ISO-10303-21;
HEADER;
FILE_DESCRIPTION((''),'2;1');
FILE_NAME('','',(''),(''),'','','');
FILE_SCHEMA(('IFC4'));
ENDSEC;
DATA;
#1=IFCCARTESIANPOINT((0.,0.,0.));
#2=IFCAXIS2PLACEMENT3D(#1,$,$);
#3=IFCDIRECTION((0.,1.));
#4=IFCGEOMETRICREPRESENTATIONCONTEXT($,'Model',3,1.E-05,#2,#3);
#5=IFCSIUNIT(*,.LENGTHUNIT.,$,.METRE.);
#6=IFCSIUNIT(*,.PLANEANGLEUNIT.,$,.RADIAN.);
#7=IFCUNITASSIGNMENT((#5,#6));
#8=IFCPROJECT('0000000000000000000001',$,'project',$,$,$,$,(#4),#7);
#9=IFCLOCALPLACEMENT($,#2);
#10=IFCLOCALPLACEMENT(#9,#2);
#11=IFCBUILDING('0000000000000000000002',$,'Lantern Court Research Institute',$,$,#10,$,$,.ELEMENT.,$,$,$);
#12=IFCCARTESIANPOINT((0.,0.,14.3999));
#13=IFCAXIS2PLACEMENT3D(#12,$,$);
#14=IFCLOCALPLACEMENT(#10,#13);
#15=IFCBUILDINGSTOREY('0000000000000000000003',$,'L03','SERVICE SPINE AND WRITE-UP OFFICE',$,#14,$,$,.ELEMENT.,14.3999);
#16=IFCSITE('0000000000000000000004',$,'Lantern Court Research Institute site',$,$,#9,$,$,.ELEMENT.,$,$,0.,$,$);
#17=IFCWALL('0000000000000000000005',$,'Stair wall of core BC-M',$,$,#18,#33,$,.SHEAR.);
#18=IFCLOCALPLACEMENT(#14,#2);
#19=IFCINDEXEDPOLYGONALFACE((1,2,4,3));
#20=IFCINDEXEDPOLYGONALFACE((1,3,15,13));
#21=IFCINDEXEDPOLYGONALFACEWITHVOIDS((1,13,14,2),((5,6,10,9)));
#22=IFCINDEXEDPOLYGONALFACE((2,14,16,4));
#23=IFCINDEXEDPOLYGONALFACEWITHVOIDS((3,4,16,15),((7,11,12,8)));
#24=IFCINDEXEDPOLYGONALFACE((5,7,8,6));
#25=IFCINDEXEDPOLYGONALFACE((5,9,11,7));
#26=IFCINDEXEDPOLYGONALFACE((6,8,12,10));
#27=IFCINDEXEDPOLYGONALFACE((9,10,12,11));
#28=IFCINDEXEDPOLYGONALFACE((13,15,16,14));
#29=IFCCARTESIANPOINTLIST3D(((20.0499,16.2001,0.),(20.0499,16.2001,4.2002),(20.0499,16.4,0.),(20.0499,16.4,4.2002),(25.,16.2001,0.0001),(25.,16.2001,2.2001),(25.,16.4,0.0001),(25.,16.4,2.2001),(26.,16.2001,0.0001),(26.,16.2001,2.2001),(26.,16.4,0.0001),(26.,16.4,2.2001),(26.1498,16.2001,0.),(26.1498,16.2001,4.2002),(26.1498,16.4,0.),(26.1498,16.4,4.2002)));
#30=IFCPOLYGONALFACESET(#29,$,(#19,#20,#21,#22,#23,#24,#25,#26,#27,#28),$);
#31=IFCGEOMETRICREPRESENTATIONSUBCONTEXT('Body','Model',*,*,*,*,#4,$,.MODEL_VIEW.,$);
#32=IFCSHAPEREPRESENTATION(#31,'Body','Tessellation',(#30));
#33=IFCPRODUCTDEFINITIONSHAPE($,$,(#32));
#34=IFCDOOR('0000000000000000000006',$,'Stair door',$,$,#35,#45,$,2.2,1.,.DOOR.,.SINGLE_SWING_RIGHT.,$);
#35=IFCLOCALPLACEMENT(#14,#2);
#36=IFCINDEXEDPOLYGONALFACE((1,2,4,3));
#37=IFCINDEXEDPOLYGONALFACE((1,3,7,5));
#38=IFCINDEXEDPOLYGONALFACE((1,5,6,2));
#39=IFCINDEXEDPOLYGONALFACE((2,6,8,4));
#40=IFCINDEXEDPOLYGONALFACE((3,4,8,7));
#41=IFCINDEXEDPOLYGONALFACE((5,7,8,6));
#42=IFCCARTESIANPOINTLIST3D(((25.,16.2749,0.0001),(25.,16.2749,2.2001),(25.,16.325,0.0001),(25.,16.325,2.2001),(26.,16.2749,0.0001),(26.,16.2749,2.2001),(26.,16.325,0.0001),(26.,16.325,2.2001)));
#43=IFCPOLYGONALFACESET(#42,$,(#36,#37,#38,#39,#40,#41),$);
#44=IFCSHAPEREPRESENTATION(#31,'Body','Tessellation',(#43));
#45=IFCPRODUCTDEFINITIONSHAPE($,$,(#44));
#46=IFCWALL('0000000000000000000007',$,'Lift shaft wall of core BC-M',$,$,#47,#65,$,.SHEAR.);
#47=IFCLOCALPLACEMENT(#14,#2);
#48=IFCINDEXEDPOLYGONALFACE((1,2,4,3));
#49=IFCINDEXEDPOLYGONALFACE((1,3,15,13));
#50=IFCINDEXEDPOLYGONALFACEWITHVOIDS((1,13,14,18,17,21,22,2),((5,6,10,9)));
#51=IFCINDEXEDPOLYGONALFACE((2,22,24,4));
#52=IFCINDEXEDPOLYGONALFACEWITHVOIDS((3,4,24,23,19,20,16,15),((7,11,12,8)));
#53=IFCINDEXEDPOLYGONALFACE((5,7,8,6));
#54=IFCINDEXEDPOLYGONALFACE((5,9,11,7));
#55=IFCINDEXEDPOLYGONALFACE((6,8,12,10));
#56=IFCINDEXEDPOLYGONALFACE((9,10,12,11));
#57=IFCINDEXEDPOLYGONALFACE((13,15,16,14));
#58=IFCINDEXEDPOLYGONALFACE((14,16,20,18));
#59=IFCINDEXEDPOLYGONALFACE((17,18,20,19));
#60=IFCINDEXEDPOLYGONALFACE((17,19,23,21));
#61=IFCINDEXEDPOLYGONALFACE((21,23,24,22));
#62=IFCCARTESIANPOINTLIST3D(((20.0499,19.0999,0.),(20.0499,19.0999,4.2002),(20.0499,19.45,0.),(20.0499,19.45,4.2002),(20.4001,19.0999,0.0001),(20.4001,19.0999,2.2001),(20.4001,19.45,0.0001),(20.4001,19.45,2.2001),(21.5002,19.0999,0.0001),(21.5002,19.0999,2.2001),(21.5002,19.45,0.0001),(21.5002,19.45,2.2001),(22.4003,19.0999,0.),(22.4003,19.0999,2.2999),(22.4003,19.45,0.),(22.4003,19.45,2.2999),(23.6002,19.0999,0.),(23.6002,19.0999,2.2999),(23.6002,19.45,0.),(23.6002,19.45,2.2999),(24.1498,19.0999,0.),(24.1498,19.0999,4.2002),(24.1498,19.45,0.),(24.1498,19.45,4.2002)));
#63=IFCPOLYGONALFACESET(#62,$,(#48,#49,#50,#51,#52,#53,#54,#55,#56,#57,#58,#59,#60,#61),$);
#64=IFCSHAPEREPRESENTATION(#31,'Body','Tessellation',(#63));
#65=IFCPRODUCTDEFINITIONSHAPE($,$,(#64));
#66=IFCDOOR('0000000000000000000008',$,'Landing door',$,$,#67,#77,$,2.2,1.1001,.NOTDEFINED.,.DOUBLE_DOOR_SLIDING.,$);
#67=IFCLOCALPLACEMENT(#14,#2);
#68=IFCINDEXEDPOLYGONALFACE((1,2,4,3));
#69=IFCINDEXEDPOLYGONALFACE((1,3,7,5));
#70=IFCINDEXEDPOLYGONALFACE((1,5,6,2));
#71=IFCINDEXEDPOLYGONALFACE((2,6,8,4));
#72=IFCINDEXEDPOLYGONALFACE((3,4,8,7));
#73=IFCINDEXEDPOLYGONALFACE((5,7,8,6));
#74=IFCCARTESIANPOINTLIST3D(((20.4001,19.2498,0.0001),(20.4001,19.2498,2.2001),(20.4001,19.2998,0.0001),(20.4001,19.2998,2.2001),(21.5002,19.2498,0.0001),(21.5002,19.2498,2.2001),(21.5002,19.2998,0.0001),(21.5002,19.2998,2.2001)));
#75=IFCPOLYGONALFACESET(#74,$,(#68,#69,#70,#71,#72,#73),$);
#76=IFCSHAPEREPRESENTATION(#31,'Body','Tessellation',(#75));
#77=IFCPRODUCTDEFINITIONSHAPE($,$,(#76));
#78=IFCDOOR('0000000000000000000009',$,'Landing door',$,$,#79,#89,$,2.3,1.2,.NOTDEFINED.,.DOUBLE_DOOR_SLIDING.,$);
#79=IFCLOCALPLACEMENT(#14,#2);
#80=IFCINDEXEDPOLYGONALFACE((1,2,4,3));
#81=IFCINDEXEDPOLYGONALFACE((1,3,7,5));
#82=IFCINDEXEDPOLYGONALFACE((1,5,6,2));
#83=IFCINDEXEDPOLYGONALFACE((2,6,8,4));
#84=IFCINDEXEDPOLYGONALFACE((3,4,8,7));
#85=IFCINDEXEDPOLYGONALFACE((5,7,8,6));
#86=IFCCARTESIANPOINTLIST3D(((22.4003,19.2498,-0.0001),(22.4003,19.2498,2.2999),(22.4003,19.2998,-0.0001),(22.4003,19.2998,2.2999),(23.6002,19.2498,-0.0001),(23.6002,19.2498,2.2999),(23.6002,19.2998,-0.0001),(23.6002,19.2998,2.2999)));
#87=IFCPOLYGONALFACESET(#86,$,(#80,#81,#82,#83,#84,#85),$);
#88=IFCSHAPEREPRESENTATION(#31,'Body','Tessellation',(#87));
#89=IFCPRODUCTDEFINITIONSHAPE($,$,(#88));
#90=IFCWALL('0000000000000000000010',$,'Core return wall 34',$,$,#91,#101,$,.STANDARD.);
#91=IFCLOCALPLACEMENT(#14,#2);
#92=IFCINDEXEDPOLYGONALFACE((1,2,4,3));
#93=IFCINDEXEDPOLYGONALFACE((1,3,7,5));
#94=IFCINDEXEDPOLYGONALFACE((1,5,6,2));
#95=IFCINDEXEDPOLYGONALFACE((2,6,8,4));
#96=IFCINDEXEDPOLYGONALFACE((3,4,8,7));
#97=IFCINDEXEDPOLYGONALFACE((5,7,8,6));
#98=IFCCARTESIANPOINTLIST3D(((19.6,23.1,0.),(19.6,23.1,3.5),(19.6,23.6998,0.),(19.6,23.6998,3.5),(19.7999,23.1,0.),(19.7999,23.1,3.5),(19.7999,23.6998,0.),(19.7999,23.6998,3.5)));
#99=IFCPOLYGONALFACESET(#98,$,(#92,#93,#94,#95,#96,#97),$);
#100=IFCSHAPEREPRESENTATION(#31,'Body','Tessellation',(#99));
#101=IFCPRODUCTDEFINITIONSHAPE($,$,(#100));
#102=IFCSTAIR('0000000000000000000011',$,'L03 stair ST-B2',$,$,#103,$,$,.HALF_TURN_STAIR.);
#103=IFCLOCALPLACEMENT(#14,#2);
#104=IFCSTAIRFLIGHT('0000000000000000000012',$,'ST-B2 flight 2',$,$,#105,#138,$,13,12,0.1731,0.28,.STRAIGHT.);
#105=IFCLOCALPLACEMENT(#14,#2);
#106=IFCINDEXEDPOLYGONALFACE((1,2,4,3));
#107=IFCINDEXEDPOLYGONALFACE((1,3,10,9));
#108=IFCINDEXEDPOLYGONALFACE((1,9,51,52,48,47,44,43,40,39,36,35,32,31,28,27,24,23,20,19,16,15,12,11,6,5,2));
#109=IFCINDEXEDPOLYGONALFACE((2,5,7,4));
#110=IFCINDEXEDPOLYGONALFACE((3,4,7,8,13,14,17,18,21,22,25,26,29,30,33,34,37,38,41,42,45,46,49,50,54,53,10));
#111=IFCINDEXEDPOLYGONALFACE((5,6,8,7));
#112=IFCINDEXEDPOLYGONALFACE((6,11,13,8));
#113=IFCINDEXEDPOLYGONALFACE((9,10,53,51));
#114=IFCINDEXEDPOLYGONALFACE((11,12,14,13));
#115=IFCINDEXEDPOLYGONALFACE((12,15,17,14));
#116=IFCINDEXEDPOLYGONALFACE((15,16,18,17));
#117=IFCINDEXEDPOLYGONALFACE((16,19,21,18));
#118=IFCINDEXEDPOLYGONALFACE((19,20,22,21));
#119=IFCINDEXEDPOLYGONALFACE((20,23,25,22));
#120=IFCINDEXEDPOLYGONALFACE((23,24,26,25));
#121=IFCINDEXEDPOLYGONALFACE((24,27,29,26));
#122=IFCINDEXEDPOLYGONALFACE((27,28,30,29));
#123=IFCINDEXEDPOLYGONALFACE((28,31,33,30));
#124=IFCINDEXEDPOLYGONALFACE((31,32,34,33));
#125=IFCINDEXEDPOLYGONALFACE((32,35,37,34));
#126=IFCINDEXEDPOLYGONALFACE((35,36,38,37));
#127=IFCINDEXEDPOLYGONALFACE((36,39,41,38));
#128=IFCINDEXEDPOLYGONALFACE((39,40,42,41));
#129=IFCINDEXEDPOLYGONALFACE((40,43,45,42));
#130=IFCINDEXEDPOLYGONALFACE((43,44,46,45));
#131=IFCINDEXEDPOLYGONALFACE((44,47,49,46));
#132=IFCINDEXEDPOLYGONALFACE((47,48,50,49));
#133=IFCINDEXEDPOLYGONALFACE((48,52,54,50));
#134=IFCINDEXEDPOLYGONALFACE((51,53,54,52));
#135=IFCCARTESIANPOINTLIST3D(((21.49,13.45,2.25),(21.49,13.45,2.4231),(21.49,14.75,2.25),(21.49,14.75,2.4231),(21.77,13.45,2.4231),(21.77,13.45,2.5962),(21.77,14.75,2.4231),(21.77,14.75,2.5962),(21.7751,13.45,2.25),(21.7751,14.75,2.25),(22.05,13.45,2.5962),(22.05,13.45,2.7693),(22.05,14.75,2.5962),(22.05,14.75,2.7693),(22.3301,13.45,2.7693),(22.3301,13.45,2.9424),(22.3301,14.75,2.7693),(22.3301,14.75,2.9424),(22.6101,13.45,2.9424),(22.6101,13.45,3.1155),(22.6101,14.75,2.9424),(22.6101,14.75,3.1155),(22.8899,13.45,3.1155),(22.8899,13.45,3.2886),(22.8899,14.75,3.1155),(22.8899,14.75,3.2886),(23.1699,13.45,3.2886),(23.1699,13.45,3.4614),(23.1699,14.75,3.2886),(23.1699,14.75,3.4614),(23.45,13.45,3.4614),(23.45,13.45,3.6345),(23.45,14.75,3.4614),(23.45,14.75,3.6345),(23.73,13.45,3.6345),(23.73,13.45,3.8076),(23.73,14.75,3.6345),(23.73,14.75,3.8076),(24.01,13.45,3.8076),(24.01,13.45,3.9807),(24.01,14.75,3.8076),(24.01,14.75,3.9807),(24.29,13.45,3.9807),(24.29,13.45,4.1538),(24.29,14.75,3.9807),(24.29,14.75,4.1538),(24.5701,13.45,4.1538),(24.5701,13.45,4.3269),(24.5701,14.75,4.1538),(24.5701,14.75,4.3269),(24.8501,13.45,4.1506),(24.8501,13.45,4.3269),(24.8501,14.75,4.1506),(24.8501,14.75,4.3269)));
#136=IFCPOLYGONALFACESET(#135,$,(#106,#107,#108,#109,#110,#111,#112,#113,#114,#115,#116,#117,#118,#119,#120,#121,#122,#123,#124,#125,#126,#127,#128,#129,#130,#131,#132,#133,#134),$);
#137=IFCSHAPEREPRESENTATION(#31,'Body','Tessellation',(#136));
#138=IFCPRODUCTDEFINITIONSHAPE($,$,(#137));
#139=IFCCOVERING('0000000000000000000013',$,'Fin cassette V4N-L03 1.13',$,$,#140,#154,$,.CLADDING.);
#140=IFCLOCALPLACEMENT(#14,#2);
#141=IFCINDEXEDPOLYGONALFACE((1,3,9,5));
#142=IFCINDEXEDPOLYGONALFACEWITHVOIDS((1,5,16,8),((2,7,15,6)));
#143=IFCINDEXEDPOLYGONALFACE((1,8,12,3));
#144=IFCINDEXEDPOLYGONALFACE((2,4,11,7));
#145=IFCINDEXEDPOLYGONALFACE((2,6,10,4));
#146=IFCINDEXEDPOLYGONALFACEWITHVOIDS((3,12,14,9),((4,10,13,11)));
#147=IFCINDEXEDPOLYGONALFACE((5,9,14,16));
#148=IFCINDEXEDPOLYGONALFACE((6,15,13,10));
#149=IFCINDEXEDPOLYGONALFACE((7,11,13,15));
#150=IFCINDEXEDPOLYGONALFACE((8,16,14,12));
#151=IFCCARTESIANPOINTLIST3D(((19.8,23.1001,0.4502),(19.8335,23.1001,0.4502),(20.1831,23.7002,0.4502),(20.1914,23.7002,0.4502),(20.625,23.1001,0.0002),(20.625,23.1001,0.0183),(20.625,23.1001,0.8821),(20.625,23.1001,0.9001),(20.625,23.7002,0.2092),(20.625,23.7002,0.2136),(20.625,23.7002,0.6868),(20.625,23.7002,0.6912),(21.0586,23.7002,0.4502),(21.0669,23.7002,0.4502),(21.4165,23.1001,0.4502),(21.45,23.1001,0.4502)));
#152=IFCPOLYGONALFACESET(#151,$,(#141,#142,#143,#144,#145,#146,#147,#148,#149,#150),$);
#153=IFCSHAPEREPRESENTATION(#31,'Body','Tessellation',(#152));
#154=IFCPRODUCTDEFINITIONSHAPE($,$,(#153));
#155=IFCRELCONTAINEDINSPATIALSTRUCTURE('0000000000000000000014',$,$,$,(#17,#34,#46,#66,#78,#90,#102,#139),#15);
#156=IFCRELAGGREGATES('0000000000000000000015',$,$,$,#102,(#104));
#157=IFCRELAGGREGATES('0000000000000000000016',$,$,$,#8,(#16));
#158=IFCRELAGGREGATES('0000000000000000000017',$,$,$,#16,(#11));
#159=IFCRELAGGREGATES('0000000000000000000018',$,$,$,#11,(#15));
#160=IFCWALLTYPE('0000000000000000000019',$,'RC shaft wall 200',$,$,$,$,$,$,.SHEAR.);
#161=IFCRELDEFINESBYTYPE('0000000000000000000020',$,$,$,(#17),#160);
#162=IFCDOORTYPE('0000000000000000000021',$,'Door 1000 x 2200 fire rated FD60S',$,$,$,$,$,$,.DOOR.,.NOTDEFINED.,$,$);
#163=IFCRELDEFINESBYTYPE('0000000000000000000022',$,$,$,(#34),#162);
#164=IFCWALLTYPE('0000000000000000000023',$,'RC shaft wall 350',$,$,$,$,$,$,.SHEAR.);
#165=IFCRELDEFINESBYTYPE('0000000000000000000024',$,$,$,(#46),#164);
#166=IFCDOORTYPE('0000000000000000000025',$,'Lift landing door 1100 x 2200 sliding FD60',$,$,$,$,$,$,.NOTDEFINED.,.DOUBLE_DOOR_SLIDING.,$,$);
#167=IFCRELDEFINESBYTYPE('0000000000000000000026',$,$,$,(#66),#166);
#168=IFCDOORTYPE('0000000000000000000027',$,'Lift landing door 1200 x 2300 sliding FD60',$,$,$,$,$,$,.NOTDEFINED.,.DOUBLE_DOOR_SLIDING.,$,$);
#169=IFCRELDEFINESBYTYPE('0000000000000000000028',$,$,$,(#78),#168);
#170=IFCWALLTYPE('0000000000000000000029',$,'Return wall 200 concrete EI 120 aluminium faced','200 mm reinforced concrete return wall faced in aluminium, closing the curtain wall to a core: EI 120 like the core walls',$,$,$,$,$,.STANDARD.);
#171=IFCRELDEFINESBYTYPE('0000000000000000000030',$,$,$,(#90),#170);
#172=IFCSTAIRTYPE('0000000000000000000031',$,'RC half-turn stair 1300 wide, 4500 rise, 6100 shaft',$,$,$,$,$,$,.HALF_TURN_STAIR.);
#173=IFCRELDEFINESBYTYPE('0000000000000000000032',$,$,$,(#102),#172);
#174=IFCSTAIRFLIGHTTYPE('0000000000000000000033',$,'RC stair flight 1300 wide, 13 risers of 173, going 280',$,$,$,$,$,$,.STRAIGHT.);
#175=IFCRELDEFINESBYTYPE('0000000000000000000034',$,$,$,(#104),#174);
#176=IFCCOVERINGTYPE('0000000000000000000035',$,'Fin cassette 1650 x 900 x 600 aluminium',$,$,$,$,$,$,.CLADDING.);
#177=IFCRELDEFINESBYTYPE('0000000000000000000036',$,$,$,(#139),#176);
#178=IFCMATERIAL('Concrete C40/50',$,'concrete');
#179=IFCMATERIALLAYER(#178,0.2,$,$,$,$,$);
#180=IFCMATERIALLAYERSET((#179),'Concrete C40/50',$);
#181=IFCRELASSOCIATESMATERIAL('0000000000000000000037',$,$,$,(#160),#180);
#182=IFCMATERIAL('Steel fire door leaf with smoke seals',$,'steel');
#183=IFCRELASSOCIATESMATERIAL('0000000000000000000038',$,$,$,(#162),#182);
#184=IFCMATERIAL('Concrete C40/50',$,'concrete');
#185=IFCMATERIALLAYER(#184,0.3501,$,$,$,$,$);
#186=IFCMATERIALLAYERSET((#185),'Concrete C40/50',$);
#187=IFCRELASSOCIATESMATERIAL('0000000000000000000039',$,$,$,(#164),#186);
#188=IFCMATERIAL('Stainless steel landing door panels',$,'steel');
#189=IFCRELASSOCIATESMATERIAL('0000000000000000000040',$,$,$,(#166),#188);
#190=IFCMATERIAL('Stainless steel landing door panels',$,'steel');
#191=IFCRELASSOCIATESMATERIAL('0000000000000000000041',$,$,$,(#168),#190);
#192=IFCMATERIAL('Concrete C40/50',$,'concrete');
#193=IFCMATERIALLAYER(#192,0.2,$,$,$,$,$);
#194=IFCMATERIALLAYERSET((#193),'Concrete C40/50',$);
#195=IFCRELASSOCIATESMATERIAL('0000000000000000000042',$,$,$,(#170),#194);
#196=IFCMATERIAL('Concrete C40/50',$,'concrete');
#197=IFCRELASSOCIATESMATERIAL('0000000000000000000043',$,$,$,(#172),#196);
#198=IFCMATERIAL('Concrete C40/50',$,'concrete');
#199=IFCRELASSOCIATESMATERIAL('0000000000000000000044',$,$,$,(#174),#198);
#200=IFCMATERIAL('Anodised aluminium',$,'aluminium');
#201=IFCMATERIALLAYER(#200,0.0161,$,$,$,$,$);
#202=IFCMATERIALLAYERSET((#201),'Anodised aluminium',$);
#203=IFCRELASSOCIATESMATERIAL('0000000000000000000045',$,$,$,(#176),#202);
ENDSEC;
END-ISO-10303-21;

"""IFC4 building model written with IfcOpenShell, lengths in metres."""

from ifc_helpers import new_model, entity, si_unit, direction, frame, frame_2d, origin, place, context, subcontext, project, spatial, polyline, rectangle, outline, extrude, material, layer, layer_set, type_object, element, fill, aggregate, save


model = new_model("IFC4")

# Units and contexts
model_context = context("Model", 3, precision=1e-05, world=origin(), true_north=direction((0.0, 1.0)))
body_context = subcontext(model_context, "Body", "Model", "MODEL_VIEW")
ifc_project = project(units=[si_unit("LENGTHUNIT", "METRE"), si_unit("PLANEANGLEUNIT", "RADIAN")], contexts=[model_context])

# Site, building, storey
site_placement = place(None, origin())
site = spatial("IfcSite", under=ifc_project, at=site_placement, Name="Lantern Court Research Institute site", CompositionType="ELEMENT", RefElevation=0.0)
building_placement = place(site_placement, origin())
building = spatial("IfcBuilding", under=site, at=building_placement, Name="Lantern Court Research Institute", CompositionType="ELEMENT")
storey_placement = place(building_placement, frame((0.0, 0.0, 14.3999)))
storey = spatial("IfcBuildingStorey", under=building, at=storey_placement, Name="L03", Description="SERVICE SPINE AND WRITE-UP OFFICE", CompositionType="ELEMENT", Elevation=14.3999)

# Wall, opening, door
ifc_material_1 = material(Name="Concrete C40/50", Category="concrete")
ifc_layer_1 = layer(ifc_material_1, 0.2)
ifc_layer_set_1 = layer_set([ifc_layer_1], Name="Concrete C40/50")
wall_type_1 = type_object("IfcWallType", Name="RC shaft wall 200", PredefinedType="SHEAR", material=ifc_layer_set_1)
wall_1_placement = place(storey_placement, frame((20.05, 16.3, 0.0), z_axis=(0.0, 0.0, 1.0), x_axis=(1.0, 0.0, 0.0)))
wall_1 = element("IfcWall", 1, at=wall_1_placement, inside=storey, type_object=wall_type_1, Name="Stair wall of core BC-M", PredefinedType="SHEAR", context=body_context, shape_type="SweptSolid", body=[
    extrude(rectangle(XDim=6.0999, YDim=0.2, at=frame_2d((3.0498, 0.0))), origin(), (0.0, 0.0, 1.0), 4.2002),
])
opening_1_placement = place(wall_1_placement, frame((4.95, 0.0, 0.0)))
opening_1 = element("IfcOpeningElement", 2, at=opening_1_placement, cuts=wall_1, PredefinedType="OPENING", context=body_context, shape_type="SweptSolid", body=[
    extrude(rectangle(XDim=1.0, YDim=2.2, at=frame_2d((0.5, 1.1001))), frame((0.0, 0.1099, 0.0), z_axis=(0.0, -1.0, 0.0), x_axis=(1.0, 0.0, 0.0)), (0.0, 0.0, 1.0), 0.22),
])
ifc_material_2 = material(Name="Steel fire door leaf with smoke seals", Category="steel")
door_type_1 = type_object("IfcDoorType", Name="Door 1000 x 2200 fire rated FD60S", OperationType="NOTDEFINED", PredefinedType="DOOR", material=ifc_material_2)
door_1_placement = place(opening_1_placement, origin())
door_1 = element("IfcDoor", 3, at=door_1_placement, inside=storey, type_object=door_type_1, Name="Stair door", OperationType="SINGLE_SWING_RIGHT", OverallHeight=2.2, OverallWidth=1.0, PredefinedType="DOOR", context=body_context, shape_type="SweptSolid", body=[
    extrude(rectangle(XDim=1.0, YDim=2.2, at=frame_2d((0.5, 1.1001))), frame((0.0, 0.0249, 0.0), z_axis=(0.0, -1.0, 0.0), x_axis=(1.0, 0.0, 0.0)), (0.0, 0.0, 1.0), 0.05),
])
fill(opening_1, door_1)

# Wall, openings, doors
ifc_material_3 = material(Name="Concrete C40/50", Category="concrete")
ifc_layer_2 = layer(ifc_material_3, 0.3501)
ifc_layer_set_2 = layer_set([ifc_layer_2], Name="Concrete C40/50")
wall_type_2 = type_object("IfcWallType", Name="RC shaft wall 350", PredefinedType="SHEAR", material=ifc_layer_set_2)
wall_2_placement = place(storey_placement, frame((20.05, 19.2749, 0.0), z_axis=(0.0, 0.0, 1.0), x_axis=(1.0, 0.0, 0.0)))
wall_2 = element("IfcWall", 4, at=wall_2_placement, inside=storey, type_object=wall_type_2, Name="Lift shaft wall of core BC-M", PredefinedType="SHEAR", context=body_context, shape_type="SweptSolid", body=[
    extrude(rectangle(XDim=4.0999, YDim=0.3501, at=frame_2d((2.0498, 0.0))), origin(), (0.0, 0.0, 1.0), 4.2002),
])
opening_2_placement = place(wall_2_placement, frame((0.3501, 0.0, 0.0)))
opening_2 = element("IfcOpeningElement", 5, at=opening_2_placement, cuts=wall_2, PredefinedType="OPENING", context=body_context, shape_type="SweptSolid", body=[
    extrude(rectangle(XDim=1.1001, YDim=2.2, at=frame_2d((0.55, 1.1001))), frame((0.0, 0.1851, 0.0), z_axis=(0.0, -1.0, 0.0), x_axis=(1.0, 0.0, 0.0)), (0.0, 0.0, 1.0), 0.3701),
])
opening_3_placement = place(wall_2_placement, frame((2.3501, 0.0, 0.0)))
opening_3 = element("IfcOpeningElement", 6, at=opening_3_placement, cuts=wall_2, PredefinedType="OPENING", context=body_context, shape_type="SweptSolid", body=[
    extrude(rectangle(XDim=1.2, YDim=2.3, at=frame_2d((0.6001, 1.1499))), frame((0.0, 0.1851, 0.0), z_axis=(0.0, -1.0, 0.0), x_axis=(1.0, 0.0, 0.0)), (0.0, 0.0, 1.0), 0.3701),
])
ifc_material_4 = material(Name="Stainless steel landing door panels", Category="steel")
door_type_2 = type_object("IfcDoorType", Name="Lift landing door 1100 x 2200 sliding FD60", OperationType="DOUBLE_DOOR_SLIDING", PredefinedType="NOTDEFINED", material=ifc_material_4)
door_2_placement = place(opening_2_placement, origin())
door_2 = element("IfcDoor", 7, at=door_2_placement, inside=storey, type_object=door_type_2, Name="Landing door", OperationType="DOUBLE_DOOR_SLIDING", OverallHeight=2.2, OverallWidth=1.1001, PredefinedType="NOTDEFINED", context=body_context, shape_type="SweptSolid", body=[
    extrude(rectangle(XDim=1.1001, YDim=2.2, at=frame_2d((0.55, 1.1001))), frame((0.0, 0.0249, 0.0), z_axis=(0.0, -1.0, 0.0), x_axis=(1.0, 0.0, 0.0)), (0.0, 0.0, 1.0), 0.05),
])
fill(opening_2, door_2)
ifc_material_5 = material(Name="Stainless steel landing door panels", Category="steel")
door_type_3 = type_object("IfcDoorType", Name="Lift landing door 1200 x 2300 sliding FD60", OperationType="DOUBLE_DOOR_SLIDING", PredefinedType="NOTDEFINED", material=ifc_material_5)
door_3_placement = place(opening_3_placement, origin())
door_3 = element("IfcDoor", 8, at=door_3_placement, inside=storey, type_object=door_type_3, Name="Landing door", OperationType="DOUBLE_DOOR_SLIDING", OverallHeight=2.3, OverallWidth=1.2, PredefinedType="NOTDEFINED", context=body_context, shape_type="SweptSolid", body=[
    extrude(rectangle(XDim=1.2, YDim=2.3, at=frame_2d((0.6001, 1.1499))), frame((0.0, 0.0249, 0.0), z_axis=(0.0, -1.0, 0.0), x_axis=(1.0, 0.0, 0.0)), (0.0, 0.0, 1.0), 0.05),
])
fill(opening_3, door_3)

# Wall
ifc_material_6 = material(Name="Concrete C40/50", Category="concrete")
ifc_layer_3 = layer(ifc_material_6, 0.2)
ifc_layer_set_3 = layer_set([ifc_layer_3], Name="Concrete C40/50")
wall_type_3 = type_object("IfcWallType", Name="Return wall 200 concrete EI 120 aluminium faced", Description="200 mm reinforced concrete return wall faced in aluminium, closing the curtain wall to a core: EI 120 like the core walls", PredefinedType="STANDARD", material=ifc_layer_set_3)
wall_3_placement = place(storey_placement, frame((19.7, 23.1001, 0.0), z_axis=(0.0, 0.0, 1.0), x_axis=(0.0, 1.0, 0.0)))
element("IfcWall", 9, at=wall_3_placement, inside=storey, type_object=wall_type_3, Name="Core return wall 34", PredefinedType="STANDARD", context=body_context, shape_type="SweptSolid", body=[
    extrude(rectangle(XDim=0.5999, YDim=0.2, at=frame_2d((0.2998, 0.0))), origin(), (0.0, 0.0, 1.0), 3.5),
])

# Stair, stair flight
ifc_material_7 = material(Name="Concrete C40/50", Category="concrete")
stair_type = type_object("IfcStairType", Name="RC half-turn stair 1300 wide, 4500 rise, 6100 shaft", PredefinedType="HALF_TURN_STAIR", material=ifc_material_7)
stair_placement = place(storey_placement, origin())
stair = element("IfcStair", 10, at=stair_placement, inside=storey, type_object=stair_type, Name="L03 stair ST-B2", PredefinedType="HALF_TURN_STAIR")
ifc_material_8 = material(Name="Concrete C40/50", Category="concrete")
stair_flight_type = type_object("IfcStairFlightType", Name="RC stair flight 1300 wide, 13 risers of 173, going 280", PredefinedType="STRAIGHT", material=ifc_material_8)
stair_flight_placement = place(storey_placement, frame((21.49, 14.1001, 2.25), z_axis=(0.0, 0.0, 1.0), x_axis=(1.0, 0.0, 0.0)))
stair_flight = element("IfcStairFlight", 11, at=stair_flight_placement, type_object=stair_flight_type, Name="ST-B2 flight 2", NumberOfRisers=13, NumberOfTreads=12, PredefinedType="STRAIGHT", RiserHeight=0.1731, TreadLength=0.28, context=body_context, shape_type="SweptSolid", body=[
    extrude(outline(polyline([(0.0, 0.0), (0.0, 0.1731), (0.28, 0.1731), (0.28, 0.3462), (0.5601, 0.3462), (0.5601, 0.5193), (0.8401, 0.5193), (0.8401, 0.6924), (1.1201, 0.6924), (1.1201, 0.8655), (1.3999, 0.8655), (1.3999, 1.0386), (1.6799, 1.0386), (1.6799, 1.2114), (1.96, 1.2114), (1.96, 1.3845), (2.24, 1.3845), (2.24, 1.5576), (2.52, 1.5576), (2.52, 1.7307), (2.8, 1.7307), (2.8, 1.9038), (3.0801, 1.9038), (3.0801, 2.0769), (3.3601, 2.0769), (3.3601, 2.25), (3.3601, 1.9006), (0.2852, 0.0), (0.0, 0.0)])), frame((0.0, 0.6499, 0.0), z_axis=(0.0, -1.0, 0.0), x_axis=(1.0, 0.0, 0.0)), (0.0, 0.0, 1.0), 1.3),
])
aggregate(stair, [stair_flight])

# Covering
ifc_material_9 = material(Name="Anodised aluminium", Category="aluminium")
ifc_layer_4 = layer(ifc_material_9, 0.0161)
ifc_layer_set_4 = layer_set([ifc_layer_4], Name="Anodised aluminium")
covering_type = type_object("IfcCoveringType", Name="Fin cassette 1650 x 900 x 600 aluminium", PredefinedType="CLADDING", material=ifc_layer_set_4)
covering_1_placement = place(storey_placement, frame((20.625, 23.1001, 0.4502), z_axis=(0.0, 1.0, 0.0), x_axis=(-1.0, 0.0, 0.0)))
cartesian_point_1 = entity("IfcCartesianPoint", [0.825, 0.0])
cartesian_point_2 = entity("IfcCartesianPoint", [0.7915, 0.0])
cartesian_point_3 = entity("IfcCartesianPoint", [0.4419, 0.0])
cartesian_point_4 = entity("IfcCartesianPoint", [0.4336, 0.0])
element("IfcCovering", 12, at=covering_1_placement, inside=storey, type_object=covering_type, Name="Fin cassette V4N-L03 1.13", PredefinedType="CLADDING", context=body_context, shape_type="SweptSolid", body=[
    entity("IfcExtrudedAreaSolidTapered", entity("IfcArbitraryProfileDefWithVoids", "AREA", None, entity("IfcPolyline", [cartesian_point_1, entity("IfcCartesianPoint", [0.0, 0.45]), entity("IfcCartesianPoint", [-0.825, 0.0]), entity("IfcCartesianPoint", [0.0, -0.45]), cartesian_point_1]), [entity("IfcPolyline", [cartesian_point_2, entity("IfcCartesianPoint", [0.0, 0.4319]), entity("IfcCartesianPoint", [-0.7915, 0.0]), entity("IfcCartesianPoint", [0.0, -0.4319]), cartesian_point_2])]), entity("IfcAxis2Placement3D", entity("IfcCartesianPoint", [0.0, 0.0, 0.0])), entity("IfcDirection", [0.0, 0.0, 1.0]), 0.6001, entity("IfcArbitraryProfileDefWithVoids", "AREA", None, entity("IfcPolyline", [cartesian_point_3, entity("IfcCartesianPoint", [0.0, 0.241]), entity("IfcCartesianPoint", [-0.4419, 0.0]), entity("IfcCartesianPoint", [0.0, -0.241]), cartesian_point_3]), [entity("IfcPolyline", [cartesian_point_4, entity("IfcCartesianPoint", [0.0, 0.2366]), entity("IfcCartesianPoint", [-0.4336, 0.0]), entity("IfcCartesianPoint", [0.0, -0.2366]), cartesian_point_4])])),
])

save(model, "model.ifc")
